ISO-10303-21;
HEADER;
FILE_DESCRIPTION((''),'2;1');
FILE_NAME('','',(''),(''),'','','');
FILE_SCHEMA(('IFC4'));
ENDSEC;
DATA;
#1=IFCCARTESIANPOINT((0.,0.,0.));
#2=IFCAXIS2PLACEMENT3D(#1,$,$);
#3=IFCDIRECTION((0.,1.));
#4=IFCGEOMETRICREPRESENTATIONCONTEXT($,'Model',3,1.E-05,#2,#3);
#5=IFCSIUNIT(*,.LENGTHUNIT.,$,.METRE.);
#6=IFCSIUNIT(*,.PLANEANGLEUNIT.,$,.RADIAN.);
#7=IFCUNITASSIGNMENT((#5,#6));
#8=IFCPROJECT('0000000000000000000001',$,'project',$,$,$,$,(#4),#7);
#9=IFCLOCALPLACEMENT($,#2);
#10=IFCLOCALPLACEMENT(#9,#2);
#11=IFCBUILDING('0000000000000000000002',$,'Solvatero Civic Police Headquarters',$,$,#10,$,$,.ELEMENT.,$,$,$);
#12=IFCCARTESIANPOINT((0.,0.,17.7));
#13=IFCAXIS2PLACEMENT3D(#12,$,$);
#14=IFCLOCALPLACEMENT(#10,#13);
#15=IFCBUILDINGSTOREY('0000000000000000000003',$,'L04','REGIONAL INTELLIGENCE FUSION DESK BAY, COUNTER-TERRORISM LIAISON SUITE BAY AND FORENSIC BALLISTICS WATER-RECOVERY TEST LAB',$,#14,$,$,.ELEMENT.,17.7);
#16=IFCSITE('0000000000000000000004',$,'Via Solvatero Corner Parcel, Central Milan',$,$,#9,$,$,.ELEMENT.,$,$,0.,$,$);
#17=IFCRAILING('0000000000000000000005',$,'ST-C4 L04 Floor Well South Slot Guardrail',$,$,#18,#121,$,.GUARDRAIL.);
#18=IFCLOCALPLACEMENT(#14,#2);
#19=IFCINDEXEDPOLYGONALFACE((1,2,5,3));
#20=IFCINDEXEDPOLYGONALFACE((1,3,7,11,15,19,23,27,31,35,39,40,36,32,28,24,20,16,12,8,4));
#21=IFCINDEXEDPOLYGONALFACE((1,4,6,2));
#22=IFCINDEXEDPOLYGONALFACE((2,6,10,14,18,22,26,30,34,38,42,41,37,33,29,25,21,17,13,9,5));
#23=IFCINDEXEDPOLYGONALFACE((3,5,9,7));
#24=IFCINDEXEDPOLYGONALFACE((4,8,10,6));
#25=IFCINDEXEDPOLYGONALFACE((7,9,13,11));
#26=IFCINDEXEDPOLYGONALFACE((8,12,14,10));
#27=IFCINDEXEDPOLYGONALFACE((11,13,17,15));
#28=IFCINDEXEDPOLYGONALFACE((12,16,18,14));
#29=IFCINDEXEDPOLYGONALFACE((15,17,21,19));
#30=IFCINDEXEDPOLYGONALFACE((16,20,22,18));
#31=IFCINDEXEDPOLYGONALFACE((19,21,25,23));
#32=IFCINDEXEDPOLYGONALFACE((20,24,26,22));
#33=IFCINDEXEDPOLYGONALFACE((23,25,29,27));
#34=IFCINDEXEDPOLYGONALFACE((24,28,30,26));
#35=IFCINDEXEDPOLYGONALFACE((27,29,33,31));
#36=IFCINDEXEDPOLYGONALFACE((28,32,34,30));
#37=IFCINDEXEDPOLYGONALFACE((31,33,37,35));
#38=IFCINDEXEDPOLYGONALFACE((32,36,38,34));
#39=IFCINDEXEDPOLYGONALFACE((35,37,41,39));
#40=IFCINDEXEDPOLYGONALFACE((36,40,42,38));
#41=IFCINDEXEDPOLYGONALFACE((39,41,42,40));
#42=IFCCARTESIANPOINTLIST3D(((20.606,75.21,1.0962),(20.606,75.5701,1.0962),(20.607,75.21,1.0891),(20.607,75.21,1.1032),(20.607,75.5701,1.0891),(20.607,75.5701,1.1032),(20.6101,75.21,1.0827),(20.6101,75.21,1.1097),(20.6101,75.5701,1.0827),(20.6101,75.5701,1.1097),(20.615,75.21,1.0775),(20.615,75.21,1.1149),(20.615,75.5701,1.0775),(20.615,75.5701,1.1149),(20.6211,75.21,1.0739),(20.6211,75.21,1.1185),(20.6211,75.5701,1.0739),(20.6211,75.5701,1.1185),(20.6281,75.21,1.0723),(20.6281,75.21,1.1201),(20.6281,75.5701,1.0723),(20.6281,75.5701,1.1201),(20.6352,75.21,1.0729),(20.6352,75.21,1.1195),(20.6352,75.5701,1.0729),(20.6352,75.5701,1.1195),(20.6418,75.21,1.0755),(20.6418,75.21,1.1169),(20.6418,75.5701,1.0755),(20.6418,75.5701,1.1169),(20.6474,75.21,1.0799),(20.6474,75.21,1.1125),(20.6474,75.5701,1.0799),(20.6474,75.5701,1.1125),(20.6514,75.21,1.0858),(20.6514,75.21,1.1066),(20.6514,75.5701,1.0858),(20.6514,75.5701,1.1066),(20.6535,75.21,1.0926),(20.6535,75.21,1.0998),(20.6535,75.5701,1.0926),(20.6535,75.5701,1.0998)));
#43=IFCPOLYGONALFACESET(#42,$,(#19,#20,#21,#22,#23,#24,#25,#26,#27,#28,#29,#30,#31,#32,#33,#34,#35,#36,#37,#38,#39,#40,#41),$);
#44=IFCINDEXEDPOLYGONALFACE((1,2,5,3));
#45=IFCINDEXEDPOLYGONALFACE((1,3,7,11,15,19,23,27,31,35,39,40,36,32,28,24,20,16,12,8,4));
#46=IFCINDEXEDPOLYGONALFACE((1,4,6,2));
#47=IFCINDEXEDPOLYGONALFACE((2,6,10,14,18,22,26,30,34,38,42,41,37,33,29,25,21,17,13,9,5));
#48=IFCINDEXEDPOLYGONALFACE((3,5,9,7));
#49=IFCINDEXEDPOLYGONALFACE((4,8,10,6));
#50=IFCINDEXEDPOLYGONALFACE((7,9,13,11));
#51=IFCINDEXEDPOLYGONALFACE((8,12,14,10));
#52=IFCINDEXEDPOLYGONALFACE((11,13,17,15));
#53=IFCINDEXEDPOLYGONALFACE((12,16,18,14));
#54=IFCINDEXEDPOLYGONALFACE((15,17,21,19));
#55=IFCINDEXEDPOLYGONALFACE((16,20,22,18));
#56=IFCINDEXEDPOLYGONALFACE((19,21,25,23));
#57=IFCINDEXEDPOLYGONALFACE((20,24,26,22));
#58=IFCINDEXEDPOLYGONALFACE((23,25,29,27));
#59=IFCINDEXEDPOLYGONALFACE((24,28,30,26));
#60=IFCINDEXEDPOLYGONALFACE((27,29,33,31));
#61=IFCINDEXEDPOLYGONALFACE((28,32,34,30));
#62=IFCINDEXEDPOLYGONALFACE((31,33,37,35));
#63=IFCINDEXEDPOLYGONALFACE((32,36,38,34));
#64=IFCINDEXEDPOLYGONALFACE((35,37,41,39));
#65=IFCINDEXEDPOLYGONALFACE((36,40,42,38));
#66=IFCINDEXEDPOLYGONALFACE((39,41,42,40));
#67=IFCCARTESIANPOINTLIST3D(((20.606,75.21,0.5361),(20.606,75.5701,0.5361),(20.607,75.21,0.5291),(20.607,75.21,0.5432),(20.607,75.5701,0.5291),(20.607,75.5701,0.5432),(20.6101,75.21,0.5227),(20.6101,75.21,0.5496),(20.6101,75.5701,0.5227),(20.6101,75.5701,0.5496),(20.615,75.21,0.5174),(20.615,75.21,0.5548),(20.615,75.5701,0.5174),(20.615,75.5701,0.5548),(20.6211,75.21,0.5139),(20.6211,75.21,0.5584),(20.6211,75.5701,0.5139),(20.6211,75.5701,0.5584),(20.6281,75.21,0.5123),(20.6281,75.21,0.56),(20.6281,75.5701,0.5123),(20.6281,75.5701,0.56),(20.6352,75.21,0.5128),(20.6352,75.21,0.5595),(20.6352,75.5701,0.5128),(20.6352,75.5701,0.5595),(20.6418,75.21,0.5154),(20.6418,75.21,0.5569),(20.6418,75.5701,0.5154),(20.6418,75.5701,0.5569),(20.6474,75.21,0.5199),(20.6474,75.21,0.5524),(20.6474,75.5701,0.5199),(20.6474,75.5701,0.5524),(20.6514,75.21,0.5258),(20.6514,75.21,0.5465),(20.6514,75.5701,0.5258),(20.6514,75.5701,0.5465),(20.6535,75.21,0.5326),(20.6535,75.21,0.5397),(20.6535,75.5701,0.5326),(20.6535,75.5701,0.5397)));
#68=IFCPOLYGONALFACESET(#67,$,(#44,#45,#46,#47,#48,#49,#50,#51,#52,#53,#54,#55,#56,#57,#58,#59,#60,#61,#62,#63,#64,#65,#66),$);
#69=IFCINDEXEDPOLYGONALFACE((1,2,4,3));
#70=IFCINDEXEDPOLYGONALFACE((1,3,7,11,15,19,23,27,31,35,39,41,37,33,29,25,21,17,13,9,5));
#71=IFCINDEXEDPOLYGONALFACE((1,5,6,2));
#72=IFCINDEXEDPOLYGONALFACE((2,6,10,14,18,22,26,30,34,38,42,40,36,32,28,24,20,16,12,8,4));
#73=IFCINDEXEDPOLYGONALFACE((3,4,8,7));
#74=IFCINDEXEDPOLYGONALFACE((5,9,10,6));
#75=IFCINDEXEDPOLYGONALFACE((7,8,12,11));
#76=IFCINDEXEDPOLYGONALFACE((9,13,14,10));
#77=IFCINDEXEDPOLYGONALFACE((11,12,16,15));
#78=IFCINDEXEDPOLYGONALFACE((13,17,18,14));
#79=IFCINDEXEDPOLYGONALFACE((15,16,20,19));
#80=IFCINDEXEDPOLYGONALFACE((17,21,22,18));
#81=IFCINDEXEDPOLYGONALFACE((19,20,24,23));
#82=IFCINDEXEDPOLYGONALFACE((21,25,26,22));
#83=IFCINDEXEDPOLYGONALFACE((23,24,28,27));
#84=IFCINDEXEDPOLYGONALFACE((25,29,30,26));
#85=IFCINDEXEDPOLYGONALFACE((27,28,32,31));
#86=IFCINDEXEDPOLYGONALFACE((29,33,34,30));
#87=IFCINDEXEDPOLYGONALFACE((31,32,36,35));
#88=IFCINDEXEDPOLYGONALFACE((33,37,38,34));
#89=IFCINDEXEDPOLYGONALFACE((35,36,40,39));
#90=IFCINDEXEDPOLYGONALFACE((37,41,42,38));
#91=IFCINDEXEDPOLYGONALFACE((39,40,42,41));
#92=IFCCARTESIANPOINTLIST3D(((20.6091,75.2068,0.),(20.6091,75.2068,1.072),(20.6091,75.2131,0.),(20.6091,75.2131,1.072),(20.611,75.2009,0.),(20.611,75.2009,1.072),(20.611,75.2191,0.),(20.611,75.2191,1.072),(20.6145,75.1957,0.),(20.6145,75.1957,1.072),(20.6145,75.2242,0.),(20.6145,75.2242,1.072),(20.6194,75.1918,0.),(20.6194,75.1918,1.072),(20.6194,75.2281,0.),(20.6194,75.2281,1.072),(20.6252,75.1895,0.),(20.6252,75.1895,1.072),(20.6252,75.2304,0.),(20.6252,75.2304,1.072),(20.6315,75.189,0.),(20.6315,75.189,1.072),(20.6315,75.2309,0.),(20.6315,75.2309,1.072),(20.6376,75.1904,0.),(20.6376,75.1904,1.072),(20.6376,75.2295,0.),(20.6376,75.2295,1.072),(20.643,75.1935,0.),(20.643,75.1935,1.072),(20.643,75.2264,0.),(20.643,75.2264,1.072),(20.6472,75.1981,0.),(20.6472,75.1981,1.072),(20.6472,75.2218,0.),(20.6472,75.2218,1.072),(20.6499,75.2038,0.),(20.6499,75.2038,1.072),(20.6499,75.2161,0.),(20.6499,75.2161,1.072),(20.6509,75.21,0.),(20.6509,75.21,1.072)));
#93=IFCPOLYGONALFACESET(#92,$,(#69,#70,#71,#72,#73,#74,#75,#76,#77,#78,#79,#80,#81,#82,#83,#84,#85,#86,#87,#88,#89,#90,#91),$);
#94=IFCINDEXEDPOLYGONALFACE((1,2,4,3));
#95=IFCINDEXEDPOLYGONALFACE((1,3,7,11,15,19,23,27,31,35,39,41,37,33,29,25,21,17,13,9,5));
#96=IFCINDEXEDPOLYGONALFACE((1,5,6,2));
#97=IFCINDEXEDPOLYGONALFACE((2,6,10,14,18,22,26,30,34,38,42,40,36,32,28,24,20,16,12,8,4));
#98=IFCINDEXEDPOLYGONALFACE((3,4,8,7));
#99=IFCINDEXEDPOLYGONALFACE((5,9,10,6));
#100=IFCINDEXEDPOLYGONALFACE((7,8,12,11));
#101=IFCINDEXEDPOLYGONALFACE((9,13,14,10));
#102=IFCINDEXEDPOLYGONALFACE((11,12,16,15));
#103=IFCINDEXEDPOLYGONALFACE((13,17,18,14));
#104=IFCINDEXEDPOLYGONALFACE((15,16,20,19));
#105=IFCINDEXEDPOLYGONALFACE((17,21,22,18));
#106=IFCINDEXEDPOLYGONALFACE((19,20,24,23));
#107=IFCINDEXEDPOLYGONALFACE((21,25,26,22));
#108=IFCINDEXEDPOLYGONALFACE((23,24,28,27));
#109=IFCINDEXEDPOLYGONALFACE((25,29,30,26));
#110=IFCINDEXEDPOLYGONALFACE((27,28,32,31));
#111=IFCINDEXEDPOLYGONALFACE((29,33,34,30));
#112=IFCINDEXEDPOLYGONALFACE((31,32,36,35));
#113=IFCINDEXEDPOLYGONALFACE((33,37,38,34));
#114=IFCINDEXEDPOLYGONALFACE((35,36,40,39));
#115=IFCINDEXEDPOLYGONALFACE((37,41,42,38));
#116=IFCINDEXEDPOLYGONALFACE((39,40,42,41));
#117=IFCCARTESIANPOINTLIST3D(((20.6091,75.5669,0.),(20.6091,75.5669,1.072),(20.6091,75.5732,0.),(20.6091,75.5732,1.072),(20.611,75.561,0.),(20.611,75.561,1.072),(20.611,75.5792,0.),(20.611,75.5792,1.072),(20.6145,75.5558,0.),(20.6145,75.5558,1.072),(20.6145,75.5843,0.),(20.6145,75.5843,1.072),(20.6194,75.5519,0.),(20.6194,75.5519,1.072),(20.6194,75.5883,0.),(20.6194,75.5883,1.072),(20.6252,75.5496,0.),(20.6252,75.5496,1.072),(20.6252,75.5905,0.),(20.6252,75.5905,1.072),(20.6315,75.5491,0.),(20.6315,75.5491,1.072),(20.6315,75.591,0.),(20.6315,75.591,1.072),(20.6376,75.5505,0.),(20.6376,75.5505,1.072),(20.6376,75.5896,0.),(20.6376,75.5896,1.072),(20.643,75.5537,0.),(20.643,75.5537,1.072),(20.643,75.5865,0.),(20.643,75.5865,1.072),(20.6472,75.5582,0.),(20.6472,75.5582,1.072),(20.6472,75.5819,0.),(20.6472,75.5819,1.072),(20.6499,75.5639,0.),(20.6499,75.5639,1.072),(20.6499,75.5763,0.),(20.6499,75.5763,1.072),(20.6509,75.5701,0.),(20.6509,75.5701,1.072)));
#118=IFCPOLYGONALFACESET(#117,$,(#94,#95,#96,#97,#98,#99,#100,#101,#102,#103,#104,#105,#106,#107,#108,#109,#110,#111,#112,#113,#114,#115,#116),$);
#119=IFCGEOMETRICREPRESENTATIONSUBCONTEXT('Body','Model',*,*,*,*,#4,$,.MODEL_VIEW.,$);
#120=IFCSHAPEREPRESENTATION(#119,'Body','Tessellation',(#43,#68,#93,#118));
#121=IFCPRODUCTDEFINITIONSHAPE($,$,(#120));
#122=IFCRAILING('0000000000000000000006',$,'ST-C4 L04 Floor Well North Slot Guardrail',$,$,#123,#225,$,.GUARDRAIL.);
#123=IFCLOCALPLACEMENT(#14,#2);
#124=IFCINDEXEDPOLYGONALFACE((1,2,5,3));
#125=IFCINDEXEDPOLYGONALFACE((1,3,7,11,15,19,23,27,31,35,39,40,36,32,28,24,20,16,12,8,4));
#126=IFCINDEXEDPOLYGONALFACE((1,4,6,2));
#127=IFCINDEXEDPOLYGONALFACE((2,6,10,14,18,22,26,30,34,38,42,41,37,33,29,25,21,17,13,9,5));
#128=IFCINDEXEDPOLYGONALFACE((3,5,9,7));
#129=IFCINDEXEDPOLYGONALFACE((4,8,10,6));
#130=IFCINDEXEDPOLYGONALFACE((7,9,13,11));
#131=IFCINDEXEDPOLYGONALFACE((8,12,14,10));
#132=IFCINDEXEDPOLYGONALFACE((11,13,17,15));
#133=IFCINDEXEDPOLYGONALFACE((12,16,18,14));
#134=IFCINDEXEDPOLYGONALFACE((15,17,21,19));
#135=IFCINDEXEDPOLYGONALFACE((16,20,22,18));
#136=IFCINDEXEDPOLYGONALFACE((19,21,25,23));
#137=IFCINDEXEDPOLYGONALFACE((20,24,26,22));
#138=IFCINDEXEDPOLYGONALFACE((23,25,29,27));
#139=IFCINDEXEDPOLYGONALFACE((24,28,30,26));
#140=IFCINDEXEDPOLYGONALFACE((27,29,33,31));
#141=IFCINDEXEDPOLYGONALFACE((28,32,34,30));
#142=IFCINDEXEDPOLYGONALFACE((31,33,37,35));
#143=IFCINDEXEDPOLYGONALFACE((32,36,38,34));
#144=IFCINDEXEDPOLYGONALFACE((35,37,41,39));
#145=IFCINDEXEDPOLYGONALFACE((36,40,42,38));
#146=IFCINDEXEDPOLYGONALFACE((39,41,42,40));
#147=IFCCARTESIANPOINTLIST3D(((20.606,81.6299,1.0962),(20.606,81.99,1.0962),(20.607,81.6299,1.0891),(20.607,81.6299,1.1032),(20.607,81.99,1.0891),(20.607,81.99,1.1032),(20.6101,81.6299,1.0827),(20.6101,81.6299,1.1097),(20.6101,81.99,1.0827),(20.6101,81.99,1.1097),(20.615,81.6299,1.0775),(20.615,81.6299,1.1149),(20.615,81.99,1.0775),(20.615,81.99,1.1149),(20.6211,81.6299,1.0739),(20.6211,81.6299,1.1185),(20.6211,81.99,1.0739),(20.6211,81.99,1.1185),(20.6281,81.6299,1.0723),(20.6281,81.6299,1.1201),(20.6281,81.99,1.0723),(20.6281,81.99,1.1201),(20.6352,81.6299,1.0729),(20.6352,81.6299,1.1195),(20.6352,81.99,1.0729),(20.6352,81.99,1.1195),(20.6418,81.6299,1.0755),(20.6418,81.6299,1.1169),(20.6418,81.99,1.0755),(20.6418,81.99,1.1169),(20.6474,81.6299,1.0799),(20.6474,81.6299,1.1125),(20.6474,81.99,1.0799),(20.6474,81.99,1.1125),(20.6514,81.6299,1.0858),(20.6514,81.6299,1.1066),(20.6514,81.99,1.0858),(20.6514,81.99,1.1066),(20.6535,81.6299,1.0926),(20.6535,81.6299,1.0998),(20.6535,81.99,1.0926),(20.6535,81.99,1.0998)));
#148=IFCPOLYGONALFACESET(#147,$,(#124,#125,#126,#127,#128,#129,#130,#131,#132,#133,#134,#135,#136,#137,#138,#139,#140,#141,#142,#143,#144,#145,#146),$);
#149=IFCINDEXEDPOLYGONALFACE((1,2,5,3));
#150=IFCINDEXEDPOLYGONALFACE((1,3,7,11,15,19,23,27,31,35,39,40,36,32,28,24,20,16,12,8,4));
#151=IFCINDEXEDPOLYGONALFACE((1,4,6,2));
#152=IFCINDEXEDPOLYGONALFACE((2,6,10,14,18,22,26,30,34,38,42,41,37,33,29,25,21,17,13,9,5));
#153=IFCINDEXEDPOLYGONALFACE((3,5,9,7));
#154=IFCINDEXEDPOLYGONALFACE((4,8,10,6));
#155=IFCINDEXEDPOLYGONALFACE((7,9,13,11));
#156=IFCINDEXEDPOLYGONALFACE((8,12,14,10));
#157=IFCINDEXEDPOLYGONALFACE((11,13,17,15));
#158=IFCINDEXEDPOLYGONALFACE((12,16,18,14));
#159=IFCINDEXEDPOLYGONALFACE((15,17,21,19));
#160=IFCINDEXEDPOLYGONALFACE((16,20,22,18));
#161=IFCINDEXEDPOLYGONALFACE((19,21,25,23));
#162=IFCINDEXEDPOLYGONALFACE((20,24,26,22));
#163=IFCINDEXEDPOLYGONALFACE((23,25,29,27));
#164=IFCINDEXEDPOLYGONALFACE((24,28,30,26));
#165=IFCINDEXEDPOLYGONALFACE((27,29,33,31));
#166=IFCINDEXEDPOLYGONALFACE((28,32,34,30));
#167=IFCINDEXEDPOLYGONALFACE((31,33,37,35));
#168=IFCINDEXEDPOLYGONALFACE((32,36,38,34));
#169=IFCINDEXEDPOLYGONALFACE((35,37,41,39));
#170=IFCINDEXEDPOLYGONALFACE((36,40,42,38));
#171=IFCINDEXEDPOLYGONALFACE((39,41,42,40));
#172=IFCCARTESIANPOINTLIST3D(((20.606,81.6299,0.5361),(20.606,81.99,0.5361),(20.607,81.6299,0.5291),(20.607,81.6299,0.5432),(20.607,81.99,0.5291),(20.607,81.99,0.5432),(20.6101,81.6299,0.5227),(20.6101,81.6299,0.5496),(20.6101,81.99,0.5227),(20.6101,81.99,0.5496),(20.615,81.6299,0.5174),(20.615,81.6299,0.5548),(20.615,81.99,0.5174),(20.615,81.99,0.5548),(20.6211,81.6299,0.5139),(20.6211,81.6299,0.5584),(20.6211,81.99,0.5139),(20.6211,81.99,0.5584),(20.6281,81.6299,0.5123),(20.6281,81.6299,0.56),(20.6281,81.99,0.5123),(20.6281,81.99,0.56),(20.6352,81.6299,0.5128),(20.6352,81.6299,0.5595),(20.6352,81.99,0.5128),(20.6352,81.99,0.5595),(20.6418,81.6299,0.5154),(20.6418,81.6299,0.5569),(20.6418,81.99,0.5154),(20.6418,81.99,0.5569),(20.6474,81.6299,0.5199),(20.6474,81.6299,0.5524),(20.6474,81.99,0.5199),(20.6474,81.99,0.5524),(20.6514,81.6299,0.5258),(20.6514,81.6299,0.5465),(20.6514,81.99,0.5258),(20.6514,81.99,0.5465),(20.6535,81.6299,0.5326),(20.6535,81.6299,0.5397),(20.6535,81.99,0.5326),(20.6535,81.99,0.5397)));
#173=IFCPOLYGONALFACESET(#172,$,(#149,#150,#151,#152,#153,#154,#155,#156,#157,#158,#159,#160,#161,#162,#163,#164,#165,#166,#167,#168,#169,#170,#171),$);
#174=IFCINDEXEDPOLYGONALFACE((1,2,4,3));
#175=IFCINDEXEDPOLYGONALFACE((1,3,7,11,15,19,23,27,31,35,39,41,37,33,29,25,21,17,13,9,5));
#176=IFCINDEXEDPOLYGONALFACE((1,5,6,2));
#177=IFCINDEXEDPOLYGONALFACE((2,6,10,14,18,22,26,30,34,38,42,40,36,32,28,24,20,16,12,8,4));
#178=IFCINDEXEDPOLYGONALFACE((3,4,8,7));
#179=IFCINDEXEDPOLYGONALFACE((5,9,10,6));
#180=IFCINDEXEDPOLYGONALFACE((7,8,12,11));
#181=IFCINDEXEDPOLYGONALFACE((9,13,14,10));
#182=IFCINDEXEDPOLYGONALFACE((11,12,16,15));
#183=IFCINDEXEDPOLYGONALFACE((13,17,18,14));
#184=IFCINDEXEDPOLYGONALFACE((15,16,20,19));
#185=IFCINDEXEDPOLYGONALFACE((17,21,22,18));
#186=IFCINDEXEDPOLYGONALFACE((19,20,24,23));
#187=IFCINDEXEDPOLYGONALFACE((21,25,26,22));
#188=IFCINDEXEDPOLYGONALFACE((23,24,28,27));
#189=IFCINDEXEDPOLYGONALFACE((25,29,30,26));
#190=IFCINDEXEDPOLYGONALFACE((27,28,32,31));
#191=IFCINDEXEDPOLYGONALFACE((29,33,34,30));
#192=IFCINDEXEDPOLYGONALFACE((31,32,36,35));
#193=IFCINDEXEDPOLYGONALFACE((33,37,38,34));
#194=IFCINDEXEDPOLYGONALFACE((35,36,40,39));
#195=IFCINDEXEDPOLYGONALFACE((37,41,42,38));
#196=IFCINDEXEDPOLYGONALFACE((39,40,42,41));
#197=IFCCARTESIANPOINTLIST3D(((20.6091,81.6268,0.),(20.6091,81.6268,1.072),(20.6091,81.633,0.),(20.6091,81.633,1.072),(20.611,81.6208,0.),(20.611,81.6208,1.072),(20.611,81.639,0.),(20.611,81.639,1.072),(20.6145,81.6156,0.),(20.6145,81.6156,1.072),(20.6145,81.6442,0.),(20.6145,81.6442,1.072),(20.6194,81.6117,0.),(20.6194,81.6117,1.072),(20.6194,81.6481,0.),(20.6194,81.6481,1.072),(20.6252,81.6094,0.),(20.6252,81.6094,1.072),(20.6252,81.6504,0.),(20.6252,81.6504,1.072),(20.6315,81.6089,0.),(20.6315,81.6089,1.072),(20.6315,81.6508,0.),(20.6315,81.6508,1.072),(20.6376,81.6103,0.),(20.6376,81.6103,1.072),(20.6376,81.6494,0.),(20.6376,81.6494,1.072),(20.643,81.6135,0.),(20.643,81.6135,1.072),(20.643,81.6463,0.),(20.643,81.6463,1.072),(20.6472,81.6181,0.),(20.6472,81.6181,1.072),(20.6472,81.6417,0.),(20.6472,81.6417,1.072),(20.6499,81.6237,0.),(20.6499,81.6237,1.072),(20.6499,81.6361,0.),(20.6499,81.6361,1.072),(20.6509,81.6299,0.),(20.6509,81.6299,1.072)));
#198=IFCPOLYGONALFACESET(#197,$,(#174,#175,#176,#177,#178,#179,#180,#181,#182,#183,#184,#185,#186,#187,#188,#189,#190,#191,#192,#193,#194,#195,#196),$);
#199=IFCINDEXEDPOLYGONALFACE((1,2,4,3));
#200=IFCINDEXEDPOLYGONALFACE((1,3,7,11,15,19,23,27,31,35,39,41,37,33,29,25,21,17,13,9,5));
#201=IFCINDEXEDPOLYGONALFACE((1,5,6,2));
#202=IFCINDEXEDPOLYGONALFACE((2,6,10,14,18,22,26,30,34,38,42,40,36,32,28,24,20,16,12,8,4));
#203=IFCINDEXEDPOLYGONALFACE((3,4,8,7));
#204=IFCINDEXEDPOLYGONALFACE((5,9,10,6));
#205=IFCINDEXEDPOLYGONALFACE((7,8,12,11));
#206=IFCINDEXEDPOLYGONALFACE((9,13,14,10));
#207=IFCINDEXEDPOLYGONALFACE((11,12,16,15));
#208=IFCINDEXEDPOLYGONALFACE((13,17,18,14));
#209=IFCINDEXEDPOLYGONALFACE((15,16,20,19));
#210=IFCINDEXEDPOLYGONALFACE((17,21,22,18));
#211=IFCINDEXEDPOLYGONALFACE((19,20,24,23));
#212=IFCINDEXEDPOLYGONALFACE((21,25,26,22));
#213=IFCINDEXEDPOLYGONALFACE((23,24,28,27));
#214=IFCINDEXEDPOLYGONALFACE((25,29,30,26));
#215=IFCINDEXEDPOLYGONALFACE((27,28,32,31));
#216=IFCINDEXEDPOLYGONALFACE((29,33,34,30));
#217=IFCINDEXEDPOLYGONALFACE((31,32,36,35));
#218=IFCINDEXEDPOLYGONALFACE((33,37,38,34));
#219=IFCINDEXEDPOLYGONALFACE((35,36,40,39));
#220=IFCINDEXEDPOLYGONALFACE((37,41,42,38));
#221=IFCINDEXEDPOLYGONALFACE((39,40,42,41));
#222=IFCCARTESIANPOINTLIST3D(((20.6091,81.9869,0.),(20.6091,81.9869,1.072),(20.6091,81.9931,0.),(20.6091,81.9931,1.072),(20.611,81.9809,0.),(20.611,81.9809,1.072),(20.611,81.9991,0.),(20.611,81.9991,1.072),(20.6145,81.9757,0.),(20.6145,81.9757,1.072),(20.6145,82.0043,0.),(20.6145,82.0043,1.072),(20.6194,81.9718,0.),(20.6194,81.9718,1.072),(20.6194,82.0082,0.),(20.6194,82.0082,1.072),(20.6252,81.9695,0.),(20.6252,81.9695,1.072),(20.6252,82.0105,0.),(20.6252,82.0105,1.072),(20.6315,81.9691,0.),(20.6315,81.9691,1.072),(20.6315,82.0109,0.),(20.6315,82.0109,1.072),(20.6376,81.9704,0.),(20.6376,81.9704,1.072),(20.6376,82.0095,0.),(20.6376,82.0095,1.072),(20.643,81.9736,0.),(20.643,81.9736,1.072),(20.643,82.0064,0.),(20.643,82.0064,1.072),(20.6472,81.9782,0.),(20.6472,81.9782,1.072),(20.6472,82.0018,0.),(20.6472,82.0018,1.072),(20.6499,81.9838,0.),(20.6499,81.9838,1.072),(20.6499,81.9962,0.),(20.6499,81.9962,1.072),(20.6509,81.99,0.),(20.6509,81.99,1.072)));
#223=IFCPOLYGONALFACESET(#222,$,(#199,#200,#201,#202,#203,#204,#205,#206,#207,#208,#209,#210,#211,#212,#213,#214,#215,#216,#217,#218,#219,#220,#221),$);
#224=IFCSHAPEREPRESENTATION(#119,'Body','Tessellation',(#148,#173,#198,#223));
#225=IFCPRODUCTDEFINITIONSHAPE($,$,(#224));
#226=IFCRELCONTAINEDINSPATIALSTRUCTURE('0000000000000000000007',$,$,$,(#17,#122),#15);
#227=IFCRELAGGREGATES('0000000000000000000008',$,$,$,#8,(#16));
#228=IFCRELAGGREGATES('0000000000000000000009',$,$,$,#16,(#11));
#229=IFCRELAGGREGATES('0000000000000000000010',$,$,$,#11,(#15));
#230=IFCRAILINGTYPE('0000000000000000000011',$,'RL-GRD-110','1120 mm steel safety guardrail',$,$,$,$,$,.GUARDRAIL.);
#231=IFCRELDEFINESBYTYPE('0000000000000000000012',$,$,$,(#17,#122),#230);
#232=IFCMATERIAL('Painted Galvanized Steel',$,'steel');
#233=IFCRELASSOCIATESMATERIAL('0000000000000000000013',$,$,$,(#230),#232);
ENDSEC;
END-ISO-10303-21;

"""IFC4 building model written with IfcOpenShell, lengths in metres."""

from ifc_helpers import new_model, si_unit, direction, frame, origin, origin_2d, place, context, subcontext, project, spatial, circle, extrude, material, type_object, element, save


model = new_model("IFC4")

# Units and contexts
model_context = context("Model", 3, precision=1e-05, world=origin(), true_north=direction((0.0, 1.0)))
body_context = subcontext(model_context, "Body", "Model", "MODEL_VIEW")
ifc_project = project(units=[si_unit("LENGTHUNIT", "METRE"), si_unit("PLANEANGLEUNIT", "RADIAN")], contexts=[model_context])

# Site, building, storey
site_placement = place(None, origin())
site = spatial("IfcSite", under=ifc_project, at=site_placement, Name="Via Solvatero Corner Parcel, Central Milan", CompositionType="ELEMENT", RefElevation=0.0)
building_placement = place(site_placement, origin())
building = spatial("IfcBuilding", under=site, at=building_placement, Name="Solvatero Civic Police Headquarters", CompositionType="ELEMENT")
storey_placement = place(building_placement, frame((0.0, 0.0, 17.7)))
storey = spatial("IfcBuildingStorey", under=building, at=storey_placement, Name="L04", Description="REGIONAL INTELLIGENCE FUSION DESK BAY, COUNTER-TERRORISM LIAISON SUITE BAY AND FORENSIC BALLISTICS WATER-RECOVERY TEST LAB", CompositionType="ELEMENT", Elevation=17.7)

# Railings
ifc_material_1 = material(Name="Painted Galvanized Steel", Category="steel")
railing_type_1 = type_object("IfcRailingType", Name="RL-GRD-110", Description="1120 mm steel safety guardrail", PredefinedType="GUARDRAIL", material=ifc_material_1)
for number, where, name in (
    (1, (20.6299, 75.21, 0.0), "ST-C4 L04 Floor Well South Slot Guardrail"),
    (2, (20.6299, 81.6299, 0.0), "ST-C4 L04 Floor Well North Slot Guardrail"),
):
    element("IfcRailing", number, at=place(storey_placement, frame(where)), inside=storey, type_object=railing_type_1, Name=name, PredefinedType="GUARDRAIL", context=body_context, shape_type="SweptSolid", body=[
        extrude(circle(Radius=0.0239, at=origin_2d()), frame((0.0, 0.0, 1.0962), z_axis=(0.0, 1.0, 0.0), x_axis=(-1.0, 0.0, 0.0)), (0.0, 0.0, 1.0), 0.3601),
        extrude(circle(Radius=0.0239, at=origin_2d()), frame((0.0, 0.0, 0.5361), z_axis=(0.0, 1.0, 0.0), x_axis=(-1.0, 0.0, 0.0)), (0.0, 0.0, 1.0), 0.3601),
        extrude(circle(Radius=0.021, at=origin_2d()), origin(), (0.0, 0.0, 1.0), 1.072),
        extrude(circle(Radius=0.021, at=origin_2d()), frame((0.0, 0.3601, 0.0)), (0.0, 0.0, 1.0), 1.072),
    ])

save(model, "model.ifc")
